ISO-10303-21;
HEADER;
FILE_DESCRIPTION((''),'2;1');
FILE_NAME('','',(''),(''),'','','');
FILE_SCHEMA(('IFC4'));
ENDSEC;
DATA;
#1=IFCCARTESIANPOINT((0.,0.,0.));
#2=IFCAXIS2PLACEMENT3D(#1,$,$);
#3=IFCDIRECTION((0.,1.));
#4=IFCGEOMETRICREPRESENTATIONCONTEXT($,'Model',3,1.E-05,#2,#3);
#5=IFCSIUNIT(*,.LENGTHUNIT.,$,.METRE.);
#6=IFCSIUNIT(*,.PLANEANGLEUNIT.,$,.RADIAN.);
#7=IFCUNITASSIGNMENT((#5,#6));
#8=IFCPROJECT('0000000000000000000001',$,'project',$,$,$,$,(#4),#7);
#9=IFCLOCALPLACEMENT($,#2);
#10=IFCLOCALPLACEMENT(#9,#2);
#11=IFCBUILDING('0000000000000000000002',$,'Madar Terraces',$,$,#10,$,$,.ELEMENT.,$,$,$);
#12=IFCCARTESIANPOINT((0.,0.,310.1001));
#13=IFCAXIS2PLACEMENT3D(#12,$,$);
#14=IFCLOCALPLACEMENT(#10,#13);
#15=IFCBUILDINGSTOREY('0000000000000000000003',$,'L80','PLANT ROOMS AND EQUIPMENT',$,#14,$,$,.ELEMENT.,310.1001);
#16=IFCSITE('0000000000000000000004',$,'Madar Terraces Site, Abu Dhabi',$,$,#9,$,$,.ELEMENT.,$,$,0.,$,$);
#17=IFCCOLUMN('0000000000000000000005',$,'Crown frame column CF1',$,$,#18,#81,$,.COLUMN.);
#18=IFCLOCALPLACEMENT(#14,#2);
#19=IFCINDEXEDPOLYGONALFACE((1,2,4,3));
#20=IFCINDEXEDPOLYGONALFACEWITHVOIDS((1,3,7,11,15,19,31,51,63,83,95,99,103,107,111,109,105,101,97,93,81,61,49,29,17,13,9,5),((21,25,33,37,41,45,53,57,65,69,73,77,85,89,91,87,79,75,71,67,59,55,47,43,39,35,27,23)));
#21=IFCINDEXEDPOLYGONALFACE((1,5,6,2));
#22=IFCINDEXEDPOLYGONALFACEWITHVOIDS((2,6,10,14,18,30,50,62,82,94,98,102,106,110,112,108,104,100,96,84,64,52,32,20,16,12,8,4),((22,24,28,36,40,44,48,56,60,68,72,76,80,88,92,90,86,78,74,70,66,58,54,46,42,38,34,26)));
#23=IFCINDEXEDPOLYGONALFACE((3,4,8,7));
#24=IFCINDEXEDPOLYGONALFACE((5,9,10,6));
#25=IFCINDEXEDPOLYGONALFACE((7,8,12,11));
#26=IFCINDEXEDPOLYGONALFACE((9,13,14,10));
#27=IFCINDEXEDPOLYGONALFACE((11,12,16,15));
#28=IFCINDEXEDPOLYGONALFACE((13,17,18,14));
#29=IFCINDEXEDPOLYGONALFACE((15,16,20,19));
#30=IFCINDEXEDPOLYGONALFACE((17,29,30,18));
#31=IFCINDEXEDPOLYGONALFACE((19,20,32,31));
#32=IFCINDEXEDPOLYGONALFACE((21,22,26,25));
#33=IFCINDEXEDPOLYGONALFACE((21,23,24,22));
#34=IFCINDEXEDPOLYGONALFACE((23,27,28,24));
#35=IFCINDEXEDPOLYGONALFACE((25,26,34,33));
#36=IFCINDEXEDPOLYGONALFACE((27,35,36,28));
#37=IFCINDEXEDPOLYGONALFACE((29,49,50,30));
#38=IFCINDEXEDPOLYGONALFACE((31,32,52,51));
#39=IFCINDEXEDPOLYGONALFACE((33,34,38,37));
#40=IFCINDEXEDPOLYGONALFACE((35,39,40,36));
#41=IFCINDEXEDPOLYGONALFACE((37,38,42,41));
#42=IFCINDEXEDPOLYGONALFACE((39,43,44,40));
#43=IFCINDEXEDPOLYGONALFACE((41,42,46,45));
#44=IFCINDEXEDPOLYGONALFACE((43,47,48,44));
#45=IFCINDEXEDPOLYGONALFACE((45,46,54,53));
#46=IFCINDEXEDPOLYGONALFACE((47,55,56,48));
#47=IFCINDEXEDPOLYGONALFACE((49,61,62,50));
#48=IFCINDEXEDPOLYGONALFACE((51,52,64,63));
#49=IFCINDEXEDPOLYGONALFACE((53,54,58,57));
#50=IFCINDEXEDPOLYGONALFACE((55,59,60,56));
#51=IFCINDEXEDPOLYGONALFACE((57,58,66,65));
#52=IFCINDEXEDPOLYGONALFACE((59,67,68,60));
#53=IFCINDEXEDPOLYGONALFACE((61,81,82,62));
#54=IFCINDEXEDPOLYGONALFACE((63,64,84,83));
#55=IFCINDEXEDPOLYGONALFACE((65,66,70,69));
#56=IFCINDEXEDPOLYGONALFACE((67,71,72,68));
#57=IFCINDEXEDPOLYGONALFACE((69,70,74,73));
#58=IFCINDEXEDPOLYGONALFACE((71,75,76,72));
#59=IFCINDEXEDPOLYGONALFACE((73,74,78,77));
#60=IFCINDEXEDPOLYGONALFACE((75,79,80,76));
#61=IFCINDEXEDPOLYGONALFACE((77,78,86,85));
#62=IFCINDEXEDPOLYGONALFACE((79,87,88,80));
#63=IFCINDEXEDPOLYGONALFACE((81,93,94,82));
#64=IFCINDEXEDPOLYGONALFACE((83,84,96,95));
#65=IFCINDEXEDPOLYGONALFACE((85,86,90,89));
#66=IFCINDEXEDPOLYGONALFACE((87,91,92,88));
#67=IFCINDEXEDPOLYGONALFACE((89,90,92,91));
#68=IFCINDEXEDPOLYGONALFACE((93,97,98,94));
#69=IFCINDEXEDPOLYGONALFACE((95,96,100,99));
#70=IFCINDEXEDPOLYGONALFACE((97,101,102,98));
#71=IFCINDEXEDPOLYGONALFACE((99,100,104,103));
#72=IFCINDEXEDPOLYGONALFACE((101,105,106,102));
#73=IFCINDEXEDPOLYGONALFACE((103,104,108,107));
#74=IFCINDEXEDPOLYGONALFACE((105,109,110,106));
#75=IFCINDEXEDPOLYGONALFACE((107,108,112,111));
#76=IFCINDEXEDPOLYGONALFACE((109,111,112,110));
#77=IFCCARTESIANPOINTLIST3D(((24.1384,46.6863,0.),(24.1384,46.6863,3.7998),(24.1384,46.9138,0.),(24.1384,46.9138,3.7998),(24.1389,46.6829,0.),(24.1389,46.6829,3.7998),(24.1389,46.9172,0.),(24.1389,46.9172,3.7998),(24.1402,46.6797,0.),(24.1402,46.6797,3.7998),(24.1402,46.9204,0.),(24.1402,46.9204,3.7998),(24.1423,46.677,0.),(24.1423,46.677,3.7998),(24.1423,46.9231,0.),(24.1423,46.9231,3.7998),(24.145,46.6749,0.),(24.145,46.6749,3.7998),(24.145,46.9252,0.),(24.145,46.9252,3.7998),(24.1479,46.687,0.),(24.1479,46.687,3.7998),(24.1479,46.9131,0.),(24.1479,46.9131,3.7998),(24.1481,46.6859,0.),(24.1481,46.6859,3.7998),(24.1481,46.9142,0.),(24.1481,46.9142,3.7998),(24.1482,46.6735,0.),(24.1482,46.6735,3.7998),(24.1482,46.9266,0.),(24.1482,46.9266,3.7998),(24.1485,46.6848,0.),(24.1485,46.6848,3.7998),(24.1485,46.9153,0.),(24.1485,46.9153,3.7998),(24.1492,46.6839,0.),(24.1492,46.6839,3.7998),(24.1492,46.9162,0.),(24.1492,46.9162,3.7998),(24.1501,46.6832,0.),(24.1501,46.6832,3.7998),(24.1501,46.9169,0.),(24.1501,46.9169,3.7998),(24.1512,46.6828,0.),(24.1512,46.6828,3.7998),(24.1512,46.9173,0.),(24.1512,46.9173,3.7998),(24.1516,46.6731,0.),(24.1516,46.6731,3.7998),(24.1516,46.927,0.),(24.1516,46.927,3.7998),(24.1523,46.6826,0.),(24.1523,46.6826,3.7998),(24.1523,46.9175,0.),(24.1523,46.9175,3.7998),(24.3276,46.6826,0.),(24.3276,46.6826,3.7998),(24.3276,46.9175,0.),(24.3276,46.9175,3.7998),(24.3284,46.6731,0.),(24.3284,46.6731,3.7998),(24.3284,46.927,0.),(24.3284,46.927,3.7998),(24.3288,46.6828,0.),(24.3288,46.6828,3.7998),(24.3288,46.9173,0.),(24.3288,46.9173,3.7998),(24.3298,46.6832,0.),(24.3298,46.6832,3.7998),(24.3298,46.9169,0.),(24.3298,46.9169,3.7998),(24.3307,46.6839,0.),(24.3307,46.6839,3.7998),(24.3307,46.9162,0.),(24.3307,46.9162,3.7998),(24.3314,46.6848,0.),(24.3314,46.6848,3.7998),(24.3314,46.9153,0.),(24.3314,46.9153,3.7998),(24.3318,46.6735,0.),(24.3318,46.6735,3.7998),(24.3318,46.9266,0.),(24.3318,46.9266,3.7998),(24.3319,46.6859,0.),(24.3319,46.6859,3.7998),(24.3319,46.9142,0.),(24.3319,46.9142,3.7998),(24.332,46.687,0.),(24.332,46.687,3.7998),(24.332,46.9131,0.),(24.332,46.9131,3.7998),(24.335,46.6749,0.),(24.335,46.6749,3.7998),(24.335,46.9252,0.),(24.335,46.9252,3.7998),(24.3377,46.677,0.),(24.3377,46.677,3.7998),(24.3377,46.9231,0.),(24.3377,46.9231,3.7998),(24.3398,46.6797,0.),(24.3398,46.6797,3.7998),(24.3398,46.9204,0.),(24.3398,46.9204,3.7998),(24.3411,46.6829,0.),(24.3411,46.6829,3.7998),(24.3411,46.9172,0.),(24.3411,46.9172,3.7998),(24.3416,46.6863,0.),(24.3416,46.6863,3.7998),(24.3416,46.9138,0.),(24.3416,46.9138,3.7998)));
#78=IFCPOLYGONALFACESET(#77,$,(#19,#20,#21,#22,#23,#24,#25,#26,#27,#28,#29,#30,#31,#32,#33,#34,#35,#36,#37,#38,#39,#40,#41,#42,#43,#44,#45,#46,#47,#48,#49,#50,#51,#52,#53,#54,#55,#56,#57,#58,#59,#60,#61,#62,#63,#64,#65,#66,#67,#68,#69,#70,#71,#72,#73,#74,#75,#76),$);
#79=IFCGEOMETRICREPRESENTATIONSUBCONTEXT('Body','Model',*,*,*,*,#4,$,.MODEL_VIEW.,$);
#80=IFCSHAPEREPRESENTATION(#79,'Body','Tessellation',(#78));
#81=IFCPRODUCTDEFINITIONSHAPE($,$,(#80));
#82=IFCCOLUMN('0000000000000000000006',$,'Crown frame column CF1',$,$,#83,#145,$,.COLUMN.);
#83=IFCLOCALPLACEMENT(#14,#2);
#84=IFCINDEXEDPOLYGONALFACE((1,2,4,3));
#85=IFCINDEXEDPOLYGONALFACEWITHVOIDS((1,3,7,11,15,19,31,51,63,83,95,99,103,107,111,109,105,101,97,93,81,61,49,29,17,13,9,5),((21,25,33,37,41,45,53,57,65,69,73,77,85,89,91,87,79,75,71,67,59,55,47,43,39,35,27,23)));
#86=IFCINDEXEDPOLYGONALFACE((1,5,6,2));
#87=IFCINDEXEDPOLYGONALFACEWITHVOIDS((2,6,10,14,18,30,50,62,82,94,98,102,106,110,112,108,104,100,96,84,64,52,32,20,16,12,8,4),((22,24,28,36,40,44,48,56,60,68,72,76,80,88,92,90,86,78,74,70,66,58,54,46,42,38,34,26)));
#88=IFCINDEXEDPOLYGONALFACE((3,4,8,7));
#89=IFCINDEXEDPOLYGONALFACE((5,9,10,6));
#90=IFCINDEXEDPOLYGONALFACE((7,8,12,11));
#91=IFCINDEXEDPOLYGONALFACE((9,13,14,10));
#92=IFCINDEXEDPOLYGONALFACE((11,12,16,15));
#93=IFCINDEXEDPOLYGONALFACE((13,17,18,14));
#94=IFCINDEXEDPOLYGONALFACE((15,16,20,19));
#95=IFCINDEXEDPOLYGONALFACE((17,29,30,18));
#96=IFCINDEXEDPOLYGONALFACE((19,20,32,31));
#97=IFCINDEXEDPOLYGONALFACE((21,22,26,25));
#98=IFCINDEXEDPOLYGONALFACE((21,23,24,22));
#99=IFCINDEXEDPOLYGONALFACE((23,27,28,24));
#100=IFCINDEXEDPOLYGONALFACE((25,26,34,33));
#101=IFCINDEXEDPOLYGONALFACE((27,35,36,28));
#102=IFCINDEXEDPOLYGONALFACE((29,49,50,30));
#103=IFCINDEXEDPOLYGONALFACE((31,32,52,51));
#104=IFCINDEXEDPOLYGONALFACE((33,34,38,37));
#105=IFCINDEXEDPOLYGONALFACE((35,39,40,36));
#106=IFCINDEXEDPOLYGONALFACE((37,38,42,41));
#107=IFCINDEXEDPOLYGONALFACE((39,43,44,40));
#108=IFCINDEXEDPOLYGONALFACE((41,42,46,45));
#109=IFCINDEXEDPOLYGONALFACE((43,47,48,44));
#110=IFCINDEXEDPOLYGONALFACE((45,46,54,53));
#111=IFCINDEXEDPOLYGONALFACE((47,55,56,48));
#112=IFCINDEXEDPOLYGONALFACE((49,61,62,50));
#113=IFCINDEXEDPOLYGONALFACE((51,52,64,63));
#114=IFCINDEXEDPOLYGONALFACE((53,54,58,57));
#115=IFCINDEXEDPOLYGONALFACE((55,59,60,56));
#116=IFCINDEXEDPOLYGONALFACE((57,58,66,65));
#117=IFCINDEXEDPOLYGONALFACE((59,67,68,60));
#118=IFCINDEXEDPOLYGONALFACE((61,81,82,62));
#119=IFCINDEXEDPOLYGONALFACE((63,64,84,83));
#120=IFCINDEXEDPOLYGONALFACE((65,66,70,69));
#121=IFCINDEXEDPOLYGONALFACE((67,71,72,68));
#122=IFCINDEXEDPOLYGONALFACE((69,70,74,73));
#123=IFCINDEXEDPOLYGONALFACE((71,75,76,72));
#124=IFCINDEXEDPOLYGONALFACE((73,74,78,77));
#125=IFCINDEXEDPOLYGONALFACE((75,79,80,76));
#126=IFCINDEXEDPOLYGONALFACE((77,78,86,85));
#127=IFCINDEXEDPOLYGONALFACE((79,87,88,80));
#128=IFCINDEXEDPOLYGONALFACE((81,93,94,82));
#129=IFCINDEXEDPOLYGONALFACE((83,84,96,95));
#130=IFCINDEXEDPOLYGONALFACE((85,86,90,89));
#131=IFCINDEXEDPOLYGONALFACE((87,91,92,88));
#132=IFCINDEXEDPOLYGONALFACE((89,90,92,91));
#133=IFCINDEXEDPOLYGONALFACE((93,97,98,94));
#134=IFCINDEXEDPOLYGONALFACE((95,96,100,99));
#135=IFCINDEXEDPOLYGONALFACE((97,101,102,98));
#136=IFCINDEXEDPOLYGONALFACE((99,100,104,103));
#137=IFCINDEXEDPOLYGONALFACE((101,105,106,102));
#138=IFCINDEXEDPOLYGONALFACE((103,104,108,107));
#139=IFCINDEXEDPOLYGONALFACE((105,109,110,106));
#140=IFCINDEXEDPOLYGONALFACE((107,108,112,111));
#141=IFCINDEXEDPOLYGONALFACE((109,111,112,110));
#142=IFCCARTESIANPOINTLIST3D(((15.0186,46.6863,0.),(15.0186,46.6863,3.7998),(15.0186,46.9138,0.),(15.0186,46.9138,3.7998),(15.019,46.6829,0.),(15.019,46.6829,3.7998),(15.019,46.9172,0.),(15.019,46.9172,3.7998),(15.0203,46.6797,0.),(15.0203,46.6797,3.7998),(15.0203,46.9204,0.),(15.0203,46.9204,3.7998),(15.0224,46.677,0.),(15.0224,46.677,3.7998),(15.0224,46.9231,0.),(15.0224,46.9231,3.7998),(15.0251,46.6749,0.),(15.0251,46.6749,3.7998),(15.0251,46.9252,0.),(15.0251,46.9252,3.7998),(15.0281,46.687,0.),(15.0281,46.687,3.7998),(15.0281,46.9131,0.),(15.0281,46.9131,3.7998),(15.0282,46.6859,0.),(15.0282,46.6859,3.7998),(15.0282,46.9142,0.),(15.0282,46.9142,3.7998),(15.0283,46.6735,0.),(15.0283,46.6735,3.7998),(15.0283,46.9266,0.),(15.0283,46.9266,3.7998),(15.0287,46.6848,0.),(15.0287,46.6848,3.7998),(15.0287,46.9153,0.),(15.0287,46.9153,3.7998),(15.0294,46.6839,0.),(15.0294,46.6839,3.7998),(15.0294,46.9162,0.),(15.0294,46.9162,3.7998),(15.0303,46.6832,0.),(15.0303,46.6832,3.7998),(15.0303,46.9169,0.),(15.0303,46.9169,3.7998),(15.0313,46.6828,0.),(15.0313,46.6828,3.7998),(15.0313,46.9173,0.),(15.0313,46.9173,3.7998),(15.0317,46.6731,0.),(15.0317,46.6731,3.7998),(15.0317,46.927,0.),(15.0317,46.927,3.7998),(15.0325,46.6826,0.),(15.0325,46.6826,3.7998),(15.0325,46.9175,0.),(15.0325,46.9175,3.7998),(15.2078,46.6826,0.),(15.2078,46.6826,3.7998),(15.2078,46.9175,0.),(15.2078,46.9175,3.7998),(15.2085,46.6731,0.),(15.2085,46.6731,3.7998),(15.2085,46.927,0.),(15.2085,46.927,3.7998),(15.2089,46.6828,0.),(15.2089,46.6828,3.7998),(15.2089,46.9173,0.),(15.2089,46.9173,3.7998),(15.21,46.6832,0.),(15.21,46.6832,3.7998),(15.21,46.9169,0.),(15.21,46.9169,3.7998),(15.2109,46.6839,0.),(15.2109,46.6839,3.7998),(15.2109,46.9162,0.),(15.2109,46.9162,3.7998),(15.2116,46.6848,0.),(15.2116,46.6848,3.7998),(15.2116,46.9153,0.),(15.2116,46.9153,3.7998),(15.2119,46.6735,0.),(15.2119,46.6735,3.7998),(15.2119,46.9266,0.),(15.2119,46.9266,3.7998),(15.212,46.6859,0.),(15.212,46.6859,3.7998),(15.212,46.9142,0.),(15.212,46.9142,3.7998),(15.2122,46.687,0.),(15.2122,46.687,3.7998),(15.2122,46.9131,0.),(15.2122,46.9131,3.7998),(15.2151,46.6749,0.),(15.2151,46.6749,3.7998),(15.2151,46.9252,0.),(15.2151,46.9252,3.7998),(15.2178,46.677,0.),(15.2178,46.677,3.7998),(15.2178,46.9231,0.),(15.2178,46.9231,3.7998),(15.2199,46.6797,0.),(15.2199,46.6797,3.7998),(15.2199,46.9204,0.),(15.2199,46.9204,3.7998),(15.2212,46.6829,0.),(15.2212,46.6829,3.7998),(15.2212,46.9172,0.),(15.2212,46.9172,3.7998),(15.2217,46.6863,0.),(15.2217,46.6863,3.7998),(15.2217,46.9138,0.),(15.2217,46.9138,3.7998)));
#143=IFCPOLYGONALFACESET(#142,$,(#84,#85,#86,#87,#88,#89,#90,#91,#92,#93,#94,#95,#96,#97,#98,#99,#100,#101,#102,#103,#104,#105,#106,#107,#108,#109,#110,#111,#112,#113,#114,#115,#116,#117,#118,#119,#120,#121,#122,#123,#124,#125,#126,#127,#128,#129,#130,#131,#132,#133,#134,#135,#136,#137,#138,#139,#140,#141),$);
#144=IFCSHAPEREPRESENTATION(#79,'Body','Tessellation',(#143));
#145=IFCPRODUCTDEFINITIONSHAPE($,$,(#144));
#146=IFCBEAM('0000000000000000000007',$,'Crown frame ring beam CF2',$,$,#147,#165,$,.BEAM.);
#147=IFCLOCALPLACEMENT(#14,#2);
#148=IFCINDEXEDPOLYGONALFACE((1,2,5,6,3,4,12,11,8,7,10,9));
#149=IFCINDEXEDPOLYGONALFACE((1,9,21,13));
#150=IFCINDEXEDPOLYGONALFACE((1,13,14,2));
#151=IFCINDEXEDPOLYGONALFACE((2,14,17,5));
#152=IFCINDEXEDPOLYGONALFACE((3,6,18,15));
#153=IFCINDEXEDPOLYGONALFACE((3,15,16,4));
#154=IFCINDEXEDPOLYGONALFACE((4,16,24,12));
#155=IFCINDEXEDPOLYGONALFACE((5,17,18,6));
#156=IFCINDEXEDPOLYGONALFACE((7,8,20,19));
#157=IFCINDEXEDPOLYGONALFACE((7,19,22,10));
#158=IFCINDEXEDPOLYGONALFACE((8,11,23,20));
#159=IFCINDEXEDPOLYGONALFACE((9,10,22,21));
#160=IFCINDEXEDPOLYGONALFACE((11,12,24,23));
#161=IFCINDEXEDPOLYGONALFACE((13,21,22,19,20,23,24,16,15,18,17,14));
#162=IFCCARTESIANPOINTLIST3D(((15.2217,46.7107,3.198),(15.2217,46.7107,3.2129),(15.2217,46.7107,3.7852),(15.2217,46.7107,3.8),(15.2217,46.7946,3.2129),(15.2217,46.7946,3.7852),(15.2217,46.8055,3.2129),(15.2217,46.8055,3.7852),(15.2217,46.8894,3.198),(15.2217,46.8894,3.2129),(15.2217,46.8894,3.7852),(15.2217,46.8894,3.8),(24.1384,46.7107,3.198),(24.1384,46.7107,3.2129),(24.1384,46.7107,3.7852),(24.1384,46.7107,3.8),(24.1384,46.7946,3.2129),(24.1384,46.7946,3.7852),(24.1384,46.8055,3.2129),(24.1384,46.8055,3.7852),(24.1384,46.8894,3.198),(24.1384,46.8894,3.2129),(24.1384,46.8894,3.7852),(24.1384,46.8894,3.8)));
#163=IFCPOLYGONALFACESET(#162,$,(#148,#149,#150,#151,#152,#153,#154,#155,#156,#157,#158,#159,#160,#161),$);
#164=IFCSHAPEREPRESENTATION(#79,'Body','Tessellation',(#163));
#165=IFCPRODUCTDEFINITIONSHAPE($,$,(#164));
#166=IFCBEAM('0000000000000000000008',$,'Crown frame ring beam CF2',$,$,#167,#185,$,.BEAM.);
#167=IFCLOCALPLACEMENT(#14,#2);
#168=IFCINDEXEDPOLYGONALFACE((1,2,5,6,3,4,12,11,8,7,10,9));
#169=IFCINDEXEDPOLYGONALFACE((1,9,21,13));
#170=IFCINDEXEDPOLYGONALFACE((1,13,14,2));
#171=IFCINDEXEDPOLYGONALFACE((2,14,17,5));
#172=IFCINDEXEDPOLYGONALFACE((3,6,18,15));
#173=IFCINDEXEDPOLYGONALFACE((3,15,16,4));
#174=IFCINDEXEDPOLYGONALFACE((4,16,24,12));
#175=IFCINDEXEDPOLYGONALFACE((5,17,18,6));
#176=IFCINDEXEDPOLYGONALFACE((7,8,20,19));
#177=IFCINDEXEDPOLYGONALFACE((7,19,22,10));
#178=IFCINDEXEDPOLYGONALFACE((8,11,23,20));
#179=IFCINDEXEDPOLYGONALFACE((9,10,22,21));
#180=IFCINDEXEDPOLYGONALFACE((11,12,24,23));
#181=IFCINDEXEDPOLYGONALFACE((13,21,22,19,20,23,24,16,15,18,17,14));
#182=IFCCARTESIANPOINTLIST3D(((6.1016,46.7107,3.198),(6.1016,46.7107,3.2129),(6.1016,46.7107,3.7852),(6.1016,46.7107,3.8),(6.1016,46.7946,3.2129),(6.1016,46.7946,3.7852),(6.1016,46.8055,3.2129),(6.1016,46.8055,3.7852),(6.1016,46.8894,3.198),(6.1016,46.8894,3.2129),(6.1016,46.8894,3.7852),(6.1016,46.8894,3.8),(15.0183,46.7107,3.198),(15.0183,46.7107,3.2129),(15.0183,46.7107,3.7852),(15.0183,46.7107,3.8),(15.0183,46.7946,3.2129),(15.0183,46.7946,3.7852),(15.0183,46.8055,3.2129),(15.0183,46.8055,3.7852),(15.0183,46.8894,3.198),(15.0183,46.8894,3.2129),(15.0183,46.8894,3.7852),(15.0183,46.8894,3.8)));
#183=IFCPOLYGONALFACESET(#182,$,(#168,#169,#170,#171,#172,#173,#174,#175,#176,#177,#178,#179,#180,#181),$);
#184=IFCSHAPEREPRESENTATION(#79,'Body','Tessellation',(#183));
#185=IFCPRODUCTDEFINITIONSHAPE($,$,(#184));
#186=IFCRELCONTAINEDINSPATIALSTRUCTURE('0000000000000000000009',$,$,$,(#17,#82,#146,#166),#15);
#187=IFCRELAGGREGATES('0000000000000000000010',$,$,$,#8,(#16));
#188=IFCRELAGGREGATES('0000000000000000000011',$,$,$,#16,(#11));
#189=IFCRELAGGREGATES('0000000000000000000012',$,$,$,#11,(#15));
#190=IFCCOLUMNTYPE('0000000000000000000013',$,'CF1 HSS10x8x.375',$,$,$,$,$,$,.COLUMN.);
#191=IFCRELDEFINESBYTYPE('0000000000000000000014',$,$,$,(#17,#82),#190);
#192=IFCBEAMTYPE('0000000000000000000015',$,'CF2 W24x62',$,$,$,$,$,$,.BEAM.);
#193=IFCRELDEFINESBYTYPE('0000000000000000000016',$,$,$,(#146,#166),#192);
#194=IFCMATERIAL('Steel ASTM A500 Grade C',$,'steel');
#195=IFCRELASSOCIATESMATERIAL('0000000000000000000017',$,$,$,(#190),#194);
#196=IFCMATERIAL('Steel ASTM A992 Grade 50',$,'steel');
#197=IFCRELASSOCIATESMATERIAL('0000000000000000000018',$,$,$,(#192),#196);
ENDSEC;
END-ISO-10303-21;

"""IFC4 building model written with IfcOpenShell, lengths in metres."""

from ifc_helpers import new_model, si_unit, direction, frame, origin, origin_2d, place, context, subcontext, project, spatial, hollow_rectangle, i_section, extrude, material, material_profile, profile_set, type_object, element, save


model = new_model("IFC4")

# Units and contexts
model_context = context("Model", 3, precision=1e-05, world=origin(), true_north=direction((0.0, 1.0)))
body_context = subcontext(model_context, "Body", "Model", "MODEL_VIEW")
ifc_project = project(units=[si_unit("LENGTHUNIT", "METRE"), si_unit("PLANEANGLEUNIT", "RADIAN")], contexts=[model_context])

# Site, building, storey
site_placement = place(None, origin())
site = spatial("IfcSite", under=ifc_project, at=site_placement, Name="Madar Terraces Site, Abu Dhabi", CompositionType="ELEMENT", RefElevation=0.0)
building_placement = place(site_placement, origin())
building = spatial("IfcBuilding", under=site, at=building_placement, Name="Madar Terraces", CompositionType="ELEMENT")
storey_placement = place(building_placement, frame((0.0, 0.0, 310.1001)))
storey = spatial("IfcBuildingStorey", under=building, at=storey_placement, Name="L80", Description="PLANT ROOMS AND EQUIPMENT", CompositionType="ELEMENT", Elevation=310.1001)

# Columns
ifc_material_1 = material(Name="Steel ASTM A500 Grade C", Category="steel")
ifc_material_profile_1 = material_profile(ifc_material_1, hollow_rectangle(XDim=0.2031, YDim=0.2539, WallThickness=0.0095, InnerFilletRadius=0.0044, OuterFilletRadius=0.0132, at=origin_2d()), Name="HSS10x8x.375")
ifc_profile_set_1 = profile_set([ifc_material_profile_1], Name="Steel ASTM A500 Grade C")
column_type = type_object("IfcColumnType", Name="CF1 HSS10x8x.375", PredefinedType="COLUMN", material=ifc_profile_set_1)
for number, where, z_axis, x_axis, name in (
    (1, (24.24, 46.8, 0.0), (0.0, 0.0, 1.0), (1.0, 0.0, 0.0), "Crown frame column CF1"),
    (2, (15.1201, 46.8, 0.0), (0.0, 0.0, 1.0), (1.0, 0.0, 0.0), "Crown frame column CF1"),
):
    element("IfcColumn", number, at=place(storey_placement, frame(where, z_axis=z_axis, x_axis=x_axis)), inside=storey, type_object=column_type, Name=name, PredefinedType="COLUMN", context=body_context, shape_type="SweptSolid", body=[
        extrude(hollow_rectangle(XDim=0.2031, YDim=0.2539, WallThickness=0.0095, InnerFilletRadius=0.0044, OuterFilletRadius=0.0132, at=origin_2d()), origin(), (0.0, 0.0, 1.0), 3.7998),
    ])

# Beams
ifc_material_2 = material(Name="Steel ASTM A992 Grade 50", Category="steel")
ifc_material_profile_2 = material_profile(ifc_material_2, i_section(OverallWidth=0.1787, OverallDepth=0.6021, WebThickness=0.011, FlangeThickness=0.0149, at=origin_2d()), Name="W24x62")
ifc_profile_set_2 = profile_set([ifc_material_profile_2], Name="Steel ASTM A992 Grade 50")
beam_type = type_object("IfcBeamType", Name="CF2 W24x62", PredefinedType="BEAM", material=ifc_profile_set_2)
for number, where, z_axis, x_axis, name in (
    (3, (24.1384, 46.8, 3.499), (-1.0, 0.0, 0.0), (0.0, -1.0, 0.0), "Crown frame ring beam CF2"),
    (4, (15.0183, 46.8, 3.499), (-1.0, 0.0, 0.0), (0.0, -1.0, 0.0), "Crown frame ring beam CF2"),
):
    element("IfcBeam", number, at=place(storey_placement, frame(where, z_axis=z_axis, x_axis=x_axis)), inside=storey, type_object=beam_type, Name=name, PredefinedType="BEAM", context=body_context, shape_type="SweptSolid", body=[
        extrude(i_section(OverallWidth=0.1787, OverallDepth=0.6021, WebThickness=0.011, FlangeThickness=0.0149, at=origin_2d()), origin(), (0.0, 0.0, 1.0), 8.9167),
    ])

save(model, "model.ifc")
